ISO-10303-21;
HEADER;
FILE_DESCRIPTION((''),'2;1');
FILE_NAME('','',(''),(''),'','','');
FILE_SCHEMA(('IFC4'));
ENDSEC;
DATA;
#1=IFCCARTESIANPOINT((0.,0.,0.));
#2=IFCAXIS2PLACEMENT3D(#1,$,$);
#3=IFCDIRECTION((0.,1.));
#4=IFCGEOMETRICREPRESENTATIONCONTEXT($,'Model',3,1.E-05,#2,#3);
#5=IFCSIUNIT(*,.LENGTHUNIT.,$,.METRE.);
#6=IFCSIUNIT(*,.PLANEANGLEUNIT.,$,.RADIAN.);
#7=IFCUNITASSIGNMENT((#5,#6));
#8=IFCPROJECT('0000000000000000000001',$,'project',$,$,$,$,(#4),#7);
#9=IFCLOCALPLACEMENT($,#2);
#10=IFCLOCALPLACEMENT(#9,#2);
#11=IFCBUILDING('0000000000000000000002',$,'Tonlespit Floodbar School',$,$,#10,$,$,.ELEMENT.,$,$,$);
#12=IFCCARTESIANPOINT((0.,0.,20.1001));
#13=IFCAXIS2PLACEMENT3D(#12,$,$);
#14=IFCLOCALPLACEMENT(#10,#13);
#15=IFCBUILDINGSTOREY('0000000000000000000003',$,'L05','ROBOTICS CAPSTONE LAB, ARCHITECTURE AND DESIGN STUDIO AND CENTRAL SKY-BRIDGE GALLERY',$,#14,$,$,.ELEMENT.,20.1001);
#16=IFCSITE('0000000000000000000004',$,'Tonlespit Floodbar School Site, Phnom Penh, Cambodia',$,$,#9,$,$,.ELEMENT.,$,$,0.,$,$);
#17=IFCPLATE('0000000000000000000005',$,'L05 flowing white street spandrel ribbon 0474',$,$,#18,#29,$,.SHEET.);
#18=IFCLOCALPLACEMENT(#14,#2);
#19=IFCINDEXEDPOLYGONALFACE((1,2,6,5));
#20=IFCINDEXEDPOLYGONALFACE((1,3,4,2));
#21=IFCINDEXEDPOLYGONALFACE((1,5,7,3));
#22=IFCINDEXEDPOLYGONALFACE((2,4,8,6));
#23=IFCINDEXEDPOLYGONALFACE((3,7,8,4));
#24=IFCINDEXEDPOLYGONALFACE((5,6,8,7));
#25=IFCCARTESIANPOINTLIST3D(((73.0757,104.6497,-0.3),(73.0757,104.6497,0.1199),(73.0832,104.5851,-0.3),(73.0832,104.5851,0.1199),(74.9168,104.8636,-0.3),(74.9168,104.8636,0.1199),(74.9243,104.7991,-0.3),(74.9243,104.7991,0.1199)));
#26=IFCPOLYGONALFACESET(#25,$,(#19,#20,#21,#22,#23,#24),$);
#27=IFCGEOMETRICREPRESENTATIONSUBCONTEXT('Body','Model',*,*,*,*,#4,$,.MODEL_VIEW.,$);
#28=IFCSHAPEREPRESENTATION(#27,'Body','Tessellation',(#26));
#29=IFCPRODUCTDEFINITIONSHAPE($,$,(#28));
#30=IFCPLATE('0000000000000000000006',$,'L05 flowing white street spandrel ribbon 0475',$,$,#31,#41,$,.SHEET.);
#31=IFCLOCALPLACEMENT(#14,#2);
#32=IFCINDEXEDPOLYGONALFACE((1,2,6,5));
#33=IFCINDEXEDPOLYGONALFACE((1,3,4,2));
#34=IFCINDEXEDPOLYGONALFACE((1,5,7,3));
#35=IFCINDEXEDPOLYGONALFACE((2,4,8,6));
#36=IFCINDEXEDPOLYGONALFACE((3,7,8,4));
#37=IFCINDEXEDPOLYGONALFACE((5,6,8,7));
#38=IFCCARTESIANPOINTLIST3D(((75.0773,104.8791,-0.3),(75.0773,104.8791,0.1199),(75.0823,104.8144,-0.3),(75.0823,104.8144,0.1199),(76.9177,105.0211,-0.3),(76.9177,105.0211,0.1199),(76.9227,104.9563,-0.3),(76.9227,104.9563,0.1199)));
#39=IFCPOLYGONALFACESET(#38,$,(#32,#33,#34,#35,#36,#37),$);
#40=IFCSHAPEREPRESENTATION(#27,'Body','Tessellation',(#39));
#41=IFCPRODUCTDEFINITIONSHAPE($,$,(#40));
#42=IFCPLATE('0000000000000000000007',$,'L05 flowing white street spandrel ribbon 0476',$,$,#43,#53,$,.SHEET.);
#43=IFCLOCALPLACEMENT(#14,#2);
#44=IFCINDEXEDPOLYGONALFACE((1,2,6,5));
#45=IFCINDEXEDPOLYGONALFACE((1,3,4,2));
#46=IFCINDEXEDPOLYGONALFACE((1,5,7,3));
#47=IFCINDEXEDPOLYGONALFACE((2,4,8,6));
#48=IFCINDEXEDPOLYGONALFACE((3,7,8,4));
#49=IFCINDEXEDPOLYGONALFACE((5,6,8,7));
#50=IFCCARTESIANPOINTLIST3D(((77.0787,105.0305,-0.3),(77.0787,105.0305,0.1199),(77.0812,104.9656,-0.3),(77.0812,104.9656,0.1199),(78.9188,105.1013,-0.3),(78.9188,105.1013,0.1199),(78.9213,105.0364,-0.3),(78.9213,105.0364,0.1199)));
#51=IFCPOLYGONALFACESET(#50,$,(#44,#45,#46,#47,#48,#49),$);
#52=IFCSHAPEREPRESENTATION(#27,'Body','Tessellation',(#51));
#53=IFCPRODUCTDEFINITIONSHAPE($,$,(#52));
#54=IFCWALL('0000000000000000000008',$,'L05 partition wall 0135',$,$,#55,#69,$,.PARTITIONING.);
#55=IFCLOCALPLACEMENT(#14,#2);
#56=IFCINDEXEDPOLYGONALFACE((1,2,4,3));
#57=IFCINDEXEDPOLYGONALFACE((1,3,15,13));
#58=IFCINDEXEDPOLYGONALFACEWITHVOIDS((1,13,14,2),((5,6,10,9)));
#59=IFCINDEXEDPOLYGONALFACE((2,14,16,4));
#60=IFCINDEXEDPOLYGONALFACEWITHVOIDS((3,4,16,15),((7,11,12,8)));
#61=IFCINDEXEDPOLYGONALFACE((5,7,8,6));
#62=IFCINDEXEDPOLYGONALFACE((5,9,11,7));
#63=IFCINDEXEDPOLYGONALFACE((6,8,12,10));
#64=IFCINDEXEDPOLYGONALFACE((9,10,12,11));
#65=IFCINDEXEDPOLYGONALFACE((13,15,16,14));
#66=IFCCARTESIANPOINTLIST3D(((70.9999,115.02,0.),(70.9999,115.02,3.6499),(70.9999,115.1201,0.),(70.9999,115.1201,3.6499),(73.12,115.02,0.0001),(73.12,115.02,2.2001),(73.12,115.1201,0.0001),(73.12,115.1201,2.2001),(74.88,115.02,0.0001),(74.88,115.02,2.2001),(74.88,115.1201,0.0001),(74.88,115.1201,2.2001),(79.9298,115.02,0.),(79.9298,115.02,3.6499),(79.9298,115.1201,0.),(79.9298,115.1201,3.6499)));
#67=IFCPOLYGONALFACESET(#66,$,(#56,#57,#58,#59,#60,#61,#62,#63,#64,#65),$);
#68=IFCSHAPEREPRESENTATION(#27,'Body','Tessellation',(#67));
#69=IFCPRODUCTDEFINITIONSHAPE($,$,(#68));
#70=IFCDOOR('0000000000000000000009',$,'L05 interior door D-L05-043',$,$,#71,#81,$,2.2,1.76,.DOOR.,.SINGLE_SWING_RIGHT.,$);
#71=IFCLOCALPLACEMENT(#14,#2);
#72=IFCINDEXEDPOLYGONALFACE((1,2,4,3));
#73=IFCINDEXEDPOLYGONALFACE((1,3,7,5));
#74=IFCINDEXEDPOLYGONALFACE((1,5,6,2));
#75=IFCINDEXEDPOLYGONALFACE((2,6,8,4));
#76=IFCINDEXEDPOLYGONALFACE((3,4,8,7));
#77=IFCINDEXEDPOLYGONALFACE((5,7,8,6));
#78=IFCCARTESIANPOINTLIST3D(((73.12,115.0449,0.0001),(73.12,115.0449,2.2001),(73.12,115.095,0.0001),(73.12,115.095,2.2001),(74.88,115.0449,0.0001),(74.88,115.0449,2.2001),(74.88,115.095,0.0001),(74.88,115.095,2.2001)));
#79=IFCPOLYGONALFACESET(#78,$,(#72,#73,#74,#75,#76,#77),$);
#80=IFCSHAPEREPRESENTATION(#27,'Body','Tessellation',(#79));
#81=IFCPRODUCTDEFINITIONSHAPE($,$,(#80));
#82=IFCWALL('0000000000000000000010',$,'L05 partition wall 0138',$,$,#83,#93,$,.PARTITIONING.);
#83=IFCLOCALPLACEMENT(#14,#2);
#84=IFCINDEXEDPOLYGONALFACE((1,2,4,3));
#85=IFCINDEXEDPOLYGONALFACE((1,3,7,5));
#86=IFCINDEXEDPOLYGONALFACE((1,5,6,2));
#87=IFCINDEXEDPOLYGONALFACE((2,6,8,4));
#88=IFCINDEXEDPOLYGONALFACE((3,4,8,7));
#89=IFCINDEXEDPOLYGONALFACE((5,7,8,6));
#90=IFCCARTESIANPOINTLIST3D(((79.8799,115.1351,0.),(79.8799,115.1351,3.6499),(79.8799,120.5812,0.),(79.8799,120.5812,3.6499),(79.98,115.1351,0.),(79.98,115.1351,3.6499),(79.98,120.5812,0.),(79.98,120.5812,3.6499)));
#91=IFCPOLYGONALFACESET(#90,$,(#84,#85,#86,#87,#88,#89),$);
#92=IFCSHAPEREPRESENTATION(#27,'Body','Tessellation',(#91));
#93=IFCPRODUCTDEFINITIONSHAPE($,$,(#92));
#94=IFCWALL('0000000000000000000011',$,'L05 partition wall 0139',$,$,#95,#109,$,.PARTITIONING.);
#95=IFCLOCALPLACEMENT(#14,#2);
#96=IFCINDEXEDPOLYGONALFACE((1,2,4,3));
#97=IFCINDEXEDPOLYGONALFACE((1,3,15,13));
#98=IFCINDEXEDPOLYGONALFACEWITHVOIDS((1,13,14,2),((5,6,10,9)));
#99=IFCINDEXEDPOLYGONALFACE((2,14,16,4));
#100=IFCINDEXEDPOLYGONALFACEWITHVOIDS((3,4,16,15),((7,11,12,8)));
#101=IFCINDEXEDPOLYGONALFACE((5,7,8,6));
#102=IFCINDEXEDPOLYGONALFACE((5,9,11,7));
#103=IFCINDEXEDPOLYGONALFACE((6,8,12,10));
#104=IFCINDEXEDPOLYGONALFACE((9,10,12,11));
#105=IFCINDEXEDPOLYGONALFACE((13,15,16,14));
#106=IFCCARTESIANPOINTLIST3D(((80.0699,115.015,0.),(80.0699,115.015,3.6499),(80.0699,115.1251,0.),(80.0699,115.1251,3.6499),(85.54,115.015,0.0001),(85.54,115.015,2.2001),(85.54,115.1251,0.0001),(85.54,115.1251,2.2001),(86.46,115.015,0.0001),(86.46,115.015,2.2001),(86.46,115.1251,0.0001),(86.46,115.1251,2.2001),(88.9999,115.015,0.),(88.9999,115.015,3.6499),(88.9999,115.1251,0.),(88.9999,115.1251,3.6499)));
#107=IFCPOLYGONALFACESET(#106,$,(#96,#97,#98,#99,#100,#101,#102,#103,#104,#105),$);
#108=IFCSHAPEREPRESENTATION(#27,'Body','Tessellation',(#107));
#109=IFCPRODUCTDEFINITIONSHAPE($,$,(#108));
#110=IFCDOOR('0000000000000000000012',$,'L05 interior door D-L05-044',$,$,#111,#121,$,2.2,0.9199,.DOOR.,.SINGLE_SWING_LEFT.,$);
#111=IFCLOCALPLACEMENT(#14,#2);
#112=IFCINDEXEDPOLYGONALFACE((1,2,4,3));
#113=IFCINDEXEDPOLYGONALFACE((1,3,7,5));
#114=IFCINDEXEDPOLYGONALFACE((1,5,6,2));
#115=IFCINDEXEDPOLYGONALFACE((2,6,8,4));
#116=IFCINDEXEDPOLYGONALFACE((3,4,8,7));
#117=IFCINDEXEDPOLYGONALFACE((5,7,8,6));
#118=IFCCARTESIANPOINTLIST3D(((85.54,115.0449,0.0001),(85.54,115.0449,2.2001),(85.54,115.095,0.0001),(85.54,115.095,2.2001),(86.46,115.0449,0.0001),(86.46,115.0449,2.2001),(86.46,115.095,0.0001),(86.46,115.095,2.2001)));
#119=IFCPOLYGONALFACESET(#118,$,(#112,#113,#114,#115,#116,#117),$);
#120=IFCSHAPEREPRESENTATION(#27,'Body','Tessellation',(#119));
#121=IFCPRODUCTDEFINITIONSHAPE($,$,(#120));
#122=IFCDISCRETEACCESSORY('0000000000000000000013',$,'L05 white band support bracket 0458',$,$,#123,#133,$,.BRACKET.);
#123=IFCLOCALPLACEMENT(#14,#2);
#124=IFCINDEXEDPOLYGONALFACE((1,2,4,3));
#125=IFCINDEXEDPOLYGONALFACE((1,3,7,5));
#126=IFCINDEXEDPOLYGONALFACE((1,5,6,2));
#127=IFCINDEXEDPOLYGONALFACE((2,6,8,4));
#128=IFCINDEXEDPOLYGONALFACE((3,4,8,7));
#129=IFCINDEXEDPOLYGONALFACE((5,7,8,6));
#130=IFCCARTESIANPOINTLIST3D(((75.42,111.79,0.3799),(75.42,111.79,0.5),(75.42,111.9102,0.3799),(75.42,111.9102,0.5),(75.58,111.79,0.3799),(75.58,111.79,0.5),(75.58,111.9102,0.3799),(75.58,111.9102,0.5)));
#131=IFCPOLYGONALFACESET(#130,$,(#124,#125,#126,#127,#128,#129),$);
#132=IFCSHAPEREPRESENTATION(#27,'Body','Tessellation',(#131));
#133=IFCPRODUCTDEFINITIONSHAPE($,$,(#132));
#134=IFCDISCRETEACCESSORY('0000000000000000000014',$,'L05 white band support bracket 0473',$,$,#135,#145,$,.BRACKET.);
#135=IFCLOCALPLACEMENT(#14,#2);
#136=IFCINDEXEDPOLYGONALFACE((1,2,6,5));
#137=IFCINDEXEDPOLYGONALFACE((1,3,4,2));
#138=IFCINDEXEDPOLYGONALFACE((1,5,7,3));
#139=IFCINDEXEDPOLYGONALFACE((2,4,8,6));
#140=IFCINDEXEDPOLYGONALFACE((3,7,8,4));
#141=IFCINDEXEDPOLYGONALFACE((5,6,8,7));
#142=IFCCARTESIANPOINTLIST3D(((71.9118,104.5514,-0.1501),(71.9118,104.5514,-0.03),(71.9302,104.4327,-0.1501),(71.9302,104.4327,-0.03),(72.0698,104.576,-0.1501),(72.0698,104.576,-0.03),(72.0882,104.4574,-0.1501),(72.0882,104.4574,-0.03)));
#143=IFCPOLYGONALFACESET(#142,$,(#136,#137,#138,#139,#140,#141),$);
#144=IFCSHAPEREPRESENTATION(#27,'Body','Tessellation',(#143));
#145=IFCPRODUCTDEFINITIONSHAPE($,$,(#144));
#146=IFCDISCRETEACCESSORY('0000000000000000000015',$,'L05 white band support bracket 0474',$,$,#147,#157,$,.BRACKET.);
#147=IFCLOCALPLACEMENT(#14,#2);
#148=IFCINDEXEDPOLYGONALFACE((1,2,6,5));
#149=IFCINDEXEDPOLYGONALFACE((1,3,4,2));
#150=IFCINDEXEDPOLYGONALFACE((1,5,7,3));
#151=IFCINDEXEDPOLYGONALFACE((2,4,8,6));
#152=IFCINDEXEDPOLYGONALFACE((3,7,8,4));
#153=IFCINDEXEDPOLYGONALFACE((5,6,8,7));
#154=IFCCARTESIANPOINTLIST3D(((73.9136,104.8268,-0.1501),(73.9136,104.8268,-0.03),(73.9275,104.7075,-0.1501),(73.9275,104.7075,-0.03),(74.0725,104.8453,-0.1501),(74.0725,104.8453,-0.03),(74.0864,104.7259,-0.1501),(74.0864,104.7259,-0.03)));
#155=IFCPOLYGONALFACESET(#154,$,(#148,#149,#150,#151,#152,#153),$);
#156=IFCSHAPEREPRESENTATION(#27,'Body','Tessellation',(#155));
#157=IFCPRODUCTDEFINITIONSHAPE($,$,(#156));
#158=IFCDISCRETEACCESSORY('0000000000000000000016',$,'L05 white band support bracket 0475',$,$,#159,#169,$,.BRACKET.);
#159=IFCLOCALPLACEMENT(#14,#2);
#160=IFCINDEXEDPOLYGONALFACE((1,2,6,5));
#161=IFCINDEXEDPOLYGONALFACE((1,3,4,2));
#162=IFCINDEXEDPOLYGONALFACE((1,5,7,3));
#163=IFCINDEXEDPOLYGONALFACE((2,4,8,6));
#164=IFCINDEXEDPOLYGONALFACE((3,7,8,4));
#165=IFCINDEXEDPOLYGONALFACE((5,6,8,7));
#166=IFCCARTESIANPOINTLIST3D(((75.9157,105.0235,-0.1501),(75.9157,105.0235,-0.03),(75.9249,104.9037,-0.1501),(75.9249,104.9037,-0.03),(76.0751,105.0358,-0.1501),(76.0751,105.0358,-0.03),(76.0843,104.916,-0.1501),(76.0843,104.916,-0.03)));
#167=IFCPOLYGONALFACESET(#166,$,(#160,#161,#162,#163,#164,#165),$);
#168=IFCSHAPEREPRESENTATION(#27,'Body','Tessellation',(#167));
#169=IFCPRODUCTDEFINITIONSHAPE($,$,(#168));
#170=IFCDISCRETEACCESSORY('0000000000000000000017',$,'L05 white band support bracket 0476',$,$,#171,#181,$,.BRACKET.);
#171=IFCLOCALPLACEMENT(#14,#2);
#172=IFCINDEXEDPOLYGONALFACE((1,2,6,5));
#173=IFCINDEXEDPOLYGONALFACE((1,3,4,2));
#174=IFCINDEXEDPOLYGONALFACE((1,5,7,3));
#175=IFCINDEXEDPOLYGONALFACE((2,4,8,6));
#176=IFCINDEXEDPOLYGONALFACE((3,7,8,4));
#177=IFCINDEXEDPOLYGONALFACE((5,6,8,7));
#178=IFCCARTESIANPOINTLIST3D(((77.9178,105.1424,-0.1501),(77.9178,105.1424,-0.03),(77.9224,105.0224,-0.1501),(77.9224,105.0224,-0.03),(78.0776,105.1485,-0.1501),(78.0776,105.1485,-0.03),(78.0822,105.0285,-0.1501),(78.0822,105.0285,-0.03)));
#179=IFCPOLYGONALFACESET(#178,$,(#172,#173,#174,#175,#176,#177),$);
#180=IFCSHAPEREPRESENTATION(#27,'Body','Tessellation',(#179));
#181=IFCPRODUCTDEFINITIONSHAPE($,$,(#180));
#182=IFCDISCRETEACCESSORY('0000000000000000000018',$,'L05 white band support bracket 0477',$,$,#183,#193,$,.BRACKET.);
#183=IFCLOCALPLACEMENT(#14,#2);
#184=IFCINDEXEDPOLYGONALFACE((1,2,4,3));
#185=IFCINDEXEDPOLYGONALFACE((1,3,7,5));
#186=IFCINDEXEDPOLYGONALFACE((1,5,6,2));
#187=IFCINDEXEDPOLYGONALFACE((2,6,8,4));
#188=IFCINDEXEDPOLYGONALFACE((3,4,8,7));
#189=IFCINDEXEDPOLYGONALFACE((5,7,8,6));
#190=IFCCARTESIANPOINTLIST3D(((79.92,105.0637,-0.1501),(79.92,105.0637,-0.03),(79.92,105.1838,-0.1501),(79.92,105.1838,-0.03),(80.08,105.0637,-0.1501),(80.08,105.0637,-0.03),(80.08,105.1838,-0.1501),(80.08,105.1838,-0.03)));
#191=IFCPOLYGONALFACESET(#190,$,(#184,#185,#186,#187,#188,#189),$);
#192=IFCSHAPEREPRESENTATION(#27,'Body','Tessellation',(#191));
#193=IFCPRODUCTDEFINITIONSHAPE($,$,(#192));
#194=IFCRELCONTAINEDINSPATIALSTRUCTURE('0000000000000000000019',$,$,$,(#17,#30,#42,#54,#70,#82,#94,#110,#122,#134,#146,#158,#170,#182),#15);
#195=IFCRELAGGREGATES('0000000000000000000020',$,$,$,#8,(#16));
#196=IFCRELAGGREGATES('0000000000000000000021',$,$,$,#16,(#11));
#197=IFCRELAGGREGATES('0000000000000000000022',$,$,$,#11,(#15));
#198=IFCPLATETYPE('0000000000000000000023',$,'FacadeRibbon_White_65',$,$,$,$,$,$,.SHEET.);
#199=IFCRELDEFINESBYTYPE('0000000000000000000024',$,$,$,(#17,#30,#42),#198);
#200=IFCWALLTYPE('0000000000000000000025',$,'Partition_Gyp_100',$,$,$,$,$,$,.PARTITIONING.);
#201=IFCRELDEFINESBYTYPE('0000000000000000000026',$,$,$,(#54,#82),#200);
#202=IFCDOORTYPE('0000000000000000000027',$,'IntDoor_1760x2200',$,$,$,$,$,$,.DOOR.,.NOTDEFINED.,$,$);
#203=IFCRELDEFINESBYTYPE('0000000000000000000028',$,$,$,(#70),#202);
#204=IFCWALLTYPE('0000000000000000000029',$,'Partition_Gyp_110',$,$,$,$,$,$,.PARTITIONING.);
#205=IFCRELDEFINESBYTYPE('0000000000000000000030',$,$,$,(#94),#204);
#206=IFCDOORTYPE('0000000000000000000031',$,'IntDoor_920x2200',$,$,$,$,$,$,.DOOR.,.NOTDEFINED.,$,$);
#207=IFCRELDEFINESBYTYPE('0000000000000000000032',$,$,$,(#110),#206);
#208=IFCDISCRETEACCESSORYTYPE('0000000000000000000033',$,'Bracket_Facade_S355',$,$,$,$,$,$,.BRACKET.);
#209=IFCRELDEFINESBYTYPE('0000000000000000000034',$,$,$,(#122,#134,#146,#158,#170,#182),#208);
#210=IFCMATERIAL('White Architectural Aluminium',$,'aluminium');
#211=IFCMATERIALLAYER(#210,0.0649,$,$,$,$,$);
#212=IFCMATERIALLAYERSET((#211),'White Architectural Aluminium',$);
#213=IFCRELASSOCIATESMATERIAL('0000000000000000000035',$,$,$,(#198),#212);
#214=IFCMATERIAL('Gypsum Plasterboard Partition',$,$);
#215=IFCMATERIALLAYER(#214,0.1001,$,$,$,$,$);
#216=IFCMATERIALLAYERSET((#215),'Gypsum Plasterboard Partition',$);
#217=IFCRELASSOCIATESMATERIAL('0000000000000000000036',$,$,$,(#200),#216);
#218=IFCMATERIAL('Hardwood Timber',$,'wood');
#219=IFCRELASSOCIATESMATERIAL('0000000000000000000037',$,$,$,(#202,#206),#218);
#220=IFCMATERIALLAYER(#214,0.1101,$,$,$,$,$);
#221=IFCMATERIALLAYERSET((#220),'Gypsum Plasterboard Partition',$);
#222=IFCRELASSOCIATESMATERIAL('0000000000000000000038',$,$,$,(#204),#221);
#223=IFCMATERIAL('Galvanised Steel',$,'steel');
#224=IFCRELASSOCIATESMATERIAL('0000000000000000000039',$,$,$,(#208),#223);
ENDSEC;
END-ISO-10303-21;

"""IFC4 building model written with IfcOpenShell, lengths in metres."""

from ifc_helpers import new_model, si_unit, direction, frame, frame_2d, origin, origin_2d, place, context, subcontext, project, spatial, rectangle, extrude, material, layer, layer_set, type_object, element, fill, save


model = new_model("IFC4")

# Units and contexts
model_context = context("Model", 3, precision=1e-05, world=origin(), true_north=direction((0.0, 1.0)))
body_context = subcontext(model_context, "Body", "Model", "MODEL_VIEW")
ifc_project = project(units=[si_unit("LENGTHUNIT", "METRE"), si_unit("PLANEANGLEUNIT", "RADIAN")], contexts=[model_context])

# Site, building, storey
site_placement = place(None, origin())
site = spatial("IfcSite", under=ifc_project, at=site_placement, Name="Tonlespit Floodbar School Site, Phnom Penh, Cambodia", CompositionType="ELEMENT", RefElevation=0.0)
building_placement = place(site_placement, origin())
building = spatial("IfcBuilding", under=site, at=building_placement, Name="Tonlespit Floodbar School", CompositionType="ELEMENT")
storey_placement = place(building_placement, frame((0.0, 0.0, 20.1001)))
storey = spatial("IfcBuildingStorey", under=building, at=storey_placement, Name="L05", Description="ROBOTICS CAPSTONE LAB, ARCHITECTURE AND DESIGN STUDIO AND CENTRAL SKY-BRIDGE GALLERY", CompositionType="ELEMENT", Elevation=20.1001)

# Plates
ifc_material_1 = material(Name="White Architectural Aluminium", Category="aluminium")
ifc_layer_1 = layer(ifc_material_1, 0.0649)
ifc_layer_set_1 = layer_set([ifc_layer_1], Name="White Architectural Aluminium")
plate_type_1 = type_object("IfcPlateType", Name="FacadeRibbon_White_65", PredefinedType="SHEET", material=ifc_layer_set_1)
plate_1_placement = place(storey_placement, frame((74.0, 104.7244, -0.3), z_axis=(0.0, 0.0, 1.0), x_axis=(0.993316, 0.115423, 0.0)))
element("IfcPlate", 1, at=plate_1_placement, inside=storey, type_object=plate_type_1, Name="L05 flowing white street spandrel ribbon 0474", PredefinedType="SHEET", context=body_context, shape_type="SweptSolid", body=[
    extrude(rectangle(XDim=1.8535, YDim=0.0649, at=origin_2d()), origin(), (0.0, 0.0, 1.0), 0.4199),
])
plate_2_placement = place(storey_placement, frame((76.0, 104.9177, -0.3), z_axis=(0.0, 0.0, 1.0), x_axis=(0.997037, 0.076921, 0.0)))
element("IfcPlate", 2, at=plate_2_placement, inside=storey, type_object=plate_type_1, Name="L05 flowing white street spandrel ribbon 0475", PredefinedType="SHEET", context=body_context, shape_type="SweptSolid", body=[
    extrude(rectangle(XDim=1.8459, YDim=0.0649, at=origin_2d()), origin(), (0.0, 0.0, 1.0), 0.4199),
])
plate_3_placement = place(storey_placement, frame((78.0, 105.0334, -0.3), z_axis=(0.0, 0.0, 1.0), x_axis=(0.99926, 0.038472, 0.0)))
element("IfcPlate", 3, at=plate_3_placement, inside=storey, type_object=plate_type_1, Name="L05 flowing white street spandrel ribbon 0476", PredefinedType="SHEET", context=body_context, shape_type="SweptSolid", body=[
    extrude(rectangle(XDim=1.8416, YDim=0.0649, at=origin_2d()), origin(), (0.0, 0.0, 1.0), 0.4199),
])

# Wall, opening, door
ifc_material_2 = material(Name="Gypsum Plasterboard Partition")
ifc_layer_2 = layer(ifc_material_2, 0.1001)
ifc_layer_set_2 = layer_set([ifc_layer_2], Name="Gypsum Plasterboard Partition")
wall_type_1 = type_object("IfcWallType", Name="Partition_Gyp_100", PredefinedType="PARTITIONING", material=ifc_layer_set_2)
wall_1_placement = place(storey_placement, frame((71.0, 115.0701, 0.0), z_axis=(0.0, 0.0, 1.0), x_axis=(1.0, 0.0, 0.0)))
wall_1 = element("IfcWall", 4, at=wall_1_placement, inside=storey, type_object=wall_type_1, Name="L05 partition wall 0135", PredefinedType="PARTITIONING", context=body_context, shape_type="SweptSolid", body=[
    extrude(rectangle(XDim=8.9299, YDim=0.1001, at=frame_2d((4.4648, 0.0))), origin(), (0.0, 0.0, 1.0), 3.6499),
])
opening_1_placement = place(wall_1_placement, frame((2.1201, 0.0, 0.0)))
opening_1 = element("IfcOpeningElement", 5, at=opening_1_placement, cuts=wall_1, PredefinedType="OPENING", context=body_context, shape_type="SweptSolid", body=[
    extrude(rectangle(XDim=1.76, YDim=2.2, at=frame_2d((0.8799, 1.1001))), frame((0.0, 0.0601, 0.0), z_axis=(0.0, -1.0, 0.0), x_axis=(1.0, 0.0, 0.0)), (0.0, 0.0, 1.0), 0.1201),
])
ifc_material_3 = material(Name="Hardwood Timber", Category="wood")
door_type_1 = type_object("IfcDoorType", Name="IntDoor_1760x2200", OperationType="NOTDEFINED", PredefinedType="DOOR", material=ifc_material_3)
door_1_placement = place(opening_1_placement, origin())
door_1 = element("IfcDoor", 6, at=door_1_placement, inside=storey, type_object=door_type_1, Name="L05 interior door D-L05-043", OperationType="SINGLE_SWING_RIGHT", OverallHeight=2.2, OverallWidth=1.76, PredefinedType="DOOR", context=body_context, shape_type="SweptSolid", body=[
    extrude(rectangle(XDim=1.76, YDim=2.2, at=frame_2d((0.8799, 1.1001))), frame((0.0, 0.0249, 0.0), z_axis=(0.0, -1.0, 0.0), x_axis=(1.0, 0.0, 0.0)), (0.0, 0.0, 1.0), 0.05),
])
fill(opening_1, door_1)

# Wall
wall_2_placement = place(storey_placement, frame((79.9299, 115.135, 0.0), z_axis=(0.0, 0.0, 1.0), x_axis=(0.0, 1.0, 0.0)))
element("IfcWall", 7, at=wall_2_placement, inside=storey, type_object=wall_type_1, Name="L05 partition wall 0138", PredefinedType="PARTITIONING", context=body_context, shape_type="SweptSolid", body=[
    extrude(rectangle(XDim=5.446, YDim=0.1001, at=frame_2d((2.7231, 0.0))), origin(), (0.0, 0.0, 1.0), 3.6499),
])

# Wall, opening, door
ifc_layer_3 = layer(ifc_material_2, 0.1101)
ifc_layer_set_3 = layer_set([ifc_layer_3], Name="Gypsum Plasterboard Partition")
wall_type_2 = type_object("IfcWallType", Name="Partition_Gyp_110", PredefinedType="PARTITIONING", material=ifc_layer_set_3)
wall_3_placement = place(storey_placement, frame((80.0701, 115.0701, 0.0), z_axis=(0.0, 0.0, 1.0), x_axis=(1.0, 0.0, 0.0)))
wall_3 = element("IfcWall", 8, at=wall_3_placement, inside=storey, type_object=wall_type_2, Name="L05 partition wall 0139", PredefinedType="PARTITIONING", context=body_context, shape_type="SweptSolid", body=[
    extrude(rectangle(XDim=8.9299, YDim=0.1101, at=frame_2d((4.4648, 0.0))), origin(), (0.0, 0.0, 1.0), 3.6499),
])
opening_2_placement = place(wall_3_placement, frame((5.47, 0.0, 0.0)))
opening_2 = element("IfcOpeningElement", 9, at=opening_2_placement, cuts=wall_3, PredefinedType="OPENING", context=body_context, shape_type="SweptSolid", body=[
    extrude(rectangle(XDim=0.9199, YDim=2.2, at=frame_2d((0.46, 1.1001))), frame((0.0, 0.0649, 0.0), z_axis=(0.0, -1.0, 0.0), x_axis=(1.0, 0.0, 0.0)), (0.0, 0.0, 1.0), 0.1301),
])
door_type_2 = type_object("IfcDoorType", Name="IntDoor_920x2200", OperationType="NOTDEFINED", PredefinedType="DOOR", material=ifc_material_3)
door_2_placement = place(opening_2_placement, origin())
door_2 = element("IfcDoor", 10, at=door_2_placement, inside=storey, type_object=door_type_2, Name="L05 interior door D-L05-044", OperationType="SINGLE_SWING_LEFT", OverallHeight=2.2, OverallWidth=0.9199, PredefinedType="DOOR", context=body_context, shape_type="SweptSolid", body=[
    extrude(rectangle(XDim=0.9199, YDim=2.2, at=frame_2d((0.46, 1.1001))), frame((0.0, 0.0249, 0.0), z_axis=(0.0, -1.0, 0.0), x_axis=(1.0, 0.0, 0.0)), (0.0, 0.0, 1.0), 0.05),
])
fill(opening_2, door_2)

# Discrete accessories
ifc_material_4 = material(Name="Galvanised Steel", Category="steel")
discrete_accessory_type = type_object("IfcDiscreteAccessoryType", Name="Bracket_Facade_S355", PredefinedType="BRACKET", material=ifc_material_4)
for number, where, z_axis, x_axis, name in (
    (11, (75.5, 111.8501, 0.3799), (0.0, 0.0, 1.0), (-1.0, 0.0, 0.0), "L05 white band support bracket 0458"),
    (12, (72.0, 104.5044, -0.1501), (0.0, 0.0, 1.0), (0.988095, 0.153846, 0.0), "L05 white band support bracket 0473"),
    (13, (74.0, 104.7764, -0.1501), (0.0, 0.0, 1.0), (0.993316, 0.115423, 0.0), "L05 white band support bracket 0474"),
    (14, (76.0, 104.9697, -0.1501), (0.0, 0.0, 1.0), (0.997037, 0.076921, 0.0), "L05 white band support bracket 0475"),
    (15, (78.0, 105.0854, -0.1501), (0.0, 0.0, 1.0), (0.99926, 0.038472, 0.0), "L05 white band support bracket 0476"),
    (16, (80.0, 105.1238, -0.1501), (0.0, 0.0, 1.0), (1.0, 0.0, 0.0), "L05 white band support bracket 0477"),
):
    element("IfcDiscreteAccessory", number, at=place(storey_placement, frame(where, z_axis=z_axis, x_axis=x_axis)), inside=storey, type_object=discrete_accessory_type, Name=name, PredefinedType="BRACKET", context=body_context, shape_type="SweptSolid", body=[
        extrude(rectangle(XDim=0.1599, YDim=0.1201, at=origin_2d()), origin(), (0.0, 0.0, 1.0), 0.1201),
    ])

save(model, "model.ifc")
